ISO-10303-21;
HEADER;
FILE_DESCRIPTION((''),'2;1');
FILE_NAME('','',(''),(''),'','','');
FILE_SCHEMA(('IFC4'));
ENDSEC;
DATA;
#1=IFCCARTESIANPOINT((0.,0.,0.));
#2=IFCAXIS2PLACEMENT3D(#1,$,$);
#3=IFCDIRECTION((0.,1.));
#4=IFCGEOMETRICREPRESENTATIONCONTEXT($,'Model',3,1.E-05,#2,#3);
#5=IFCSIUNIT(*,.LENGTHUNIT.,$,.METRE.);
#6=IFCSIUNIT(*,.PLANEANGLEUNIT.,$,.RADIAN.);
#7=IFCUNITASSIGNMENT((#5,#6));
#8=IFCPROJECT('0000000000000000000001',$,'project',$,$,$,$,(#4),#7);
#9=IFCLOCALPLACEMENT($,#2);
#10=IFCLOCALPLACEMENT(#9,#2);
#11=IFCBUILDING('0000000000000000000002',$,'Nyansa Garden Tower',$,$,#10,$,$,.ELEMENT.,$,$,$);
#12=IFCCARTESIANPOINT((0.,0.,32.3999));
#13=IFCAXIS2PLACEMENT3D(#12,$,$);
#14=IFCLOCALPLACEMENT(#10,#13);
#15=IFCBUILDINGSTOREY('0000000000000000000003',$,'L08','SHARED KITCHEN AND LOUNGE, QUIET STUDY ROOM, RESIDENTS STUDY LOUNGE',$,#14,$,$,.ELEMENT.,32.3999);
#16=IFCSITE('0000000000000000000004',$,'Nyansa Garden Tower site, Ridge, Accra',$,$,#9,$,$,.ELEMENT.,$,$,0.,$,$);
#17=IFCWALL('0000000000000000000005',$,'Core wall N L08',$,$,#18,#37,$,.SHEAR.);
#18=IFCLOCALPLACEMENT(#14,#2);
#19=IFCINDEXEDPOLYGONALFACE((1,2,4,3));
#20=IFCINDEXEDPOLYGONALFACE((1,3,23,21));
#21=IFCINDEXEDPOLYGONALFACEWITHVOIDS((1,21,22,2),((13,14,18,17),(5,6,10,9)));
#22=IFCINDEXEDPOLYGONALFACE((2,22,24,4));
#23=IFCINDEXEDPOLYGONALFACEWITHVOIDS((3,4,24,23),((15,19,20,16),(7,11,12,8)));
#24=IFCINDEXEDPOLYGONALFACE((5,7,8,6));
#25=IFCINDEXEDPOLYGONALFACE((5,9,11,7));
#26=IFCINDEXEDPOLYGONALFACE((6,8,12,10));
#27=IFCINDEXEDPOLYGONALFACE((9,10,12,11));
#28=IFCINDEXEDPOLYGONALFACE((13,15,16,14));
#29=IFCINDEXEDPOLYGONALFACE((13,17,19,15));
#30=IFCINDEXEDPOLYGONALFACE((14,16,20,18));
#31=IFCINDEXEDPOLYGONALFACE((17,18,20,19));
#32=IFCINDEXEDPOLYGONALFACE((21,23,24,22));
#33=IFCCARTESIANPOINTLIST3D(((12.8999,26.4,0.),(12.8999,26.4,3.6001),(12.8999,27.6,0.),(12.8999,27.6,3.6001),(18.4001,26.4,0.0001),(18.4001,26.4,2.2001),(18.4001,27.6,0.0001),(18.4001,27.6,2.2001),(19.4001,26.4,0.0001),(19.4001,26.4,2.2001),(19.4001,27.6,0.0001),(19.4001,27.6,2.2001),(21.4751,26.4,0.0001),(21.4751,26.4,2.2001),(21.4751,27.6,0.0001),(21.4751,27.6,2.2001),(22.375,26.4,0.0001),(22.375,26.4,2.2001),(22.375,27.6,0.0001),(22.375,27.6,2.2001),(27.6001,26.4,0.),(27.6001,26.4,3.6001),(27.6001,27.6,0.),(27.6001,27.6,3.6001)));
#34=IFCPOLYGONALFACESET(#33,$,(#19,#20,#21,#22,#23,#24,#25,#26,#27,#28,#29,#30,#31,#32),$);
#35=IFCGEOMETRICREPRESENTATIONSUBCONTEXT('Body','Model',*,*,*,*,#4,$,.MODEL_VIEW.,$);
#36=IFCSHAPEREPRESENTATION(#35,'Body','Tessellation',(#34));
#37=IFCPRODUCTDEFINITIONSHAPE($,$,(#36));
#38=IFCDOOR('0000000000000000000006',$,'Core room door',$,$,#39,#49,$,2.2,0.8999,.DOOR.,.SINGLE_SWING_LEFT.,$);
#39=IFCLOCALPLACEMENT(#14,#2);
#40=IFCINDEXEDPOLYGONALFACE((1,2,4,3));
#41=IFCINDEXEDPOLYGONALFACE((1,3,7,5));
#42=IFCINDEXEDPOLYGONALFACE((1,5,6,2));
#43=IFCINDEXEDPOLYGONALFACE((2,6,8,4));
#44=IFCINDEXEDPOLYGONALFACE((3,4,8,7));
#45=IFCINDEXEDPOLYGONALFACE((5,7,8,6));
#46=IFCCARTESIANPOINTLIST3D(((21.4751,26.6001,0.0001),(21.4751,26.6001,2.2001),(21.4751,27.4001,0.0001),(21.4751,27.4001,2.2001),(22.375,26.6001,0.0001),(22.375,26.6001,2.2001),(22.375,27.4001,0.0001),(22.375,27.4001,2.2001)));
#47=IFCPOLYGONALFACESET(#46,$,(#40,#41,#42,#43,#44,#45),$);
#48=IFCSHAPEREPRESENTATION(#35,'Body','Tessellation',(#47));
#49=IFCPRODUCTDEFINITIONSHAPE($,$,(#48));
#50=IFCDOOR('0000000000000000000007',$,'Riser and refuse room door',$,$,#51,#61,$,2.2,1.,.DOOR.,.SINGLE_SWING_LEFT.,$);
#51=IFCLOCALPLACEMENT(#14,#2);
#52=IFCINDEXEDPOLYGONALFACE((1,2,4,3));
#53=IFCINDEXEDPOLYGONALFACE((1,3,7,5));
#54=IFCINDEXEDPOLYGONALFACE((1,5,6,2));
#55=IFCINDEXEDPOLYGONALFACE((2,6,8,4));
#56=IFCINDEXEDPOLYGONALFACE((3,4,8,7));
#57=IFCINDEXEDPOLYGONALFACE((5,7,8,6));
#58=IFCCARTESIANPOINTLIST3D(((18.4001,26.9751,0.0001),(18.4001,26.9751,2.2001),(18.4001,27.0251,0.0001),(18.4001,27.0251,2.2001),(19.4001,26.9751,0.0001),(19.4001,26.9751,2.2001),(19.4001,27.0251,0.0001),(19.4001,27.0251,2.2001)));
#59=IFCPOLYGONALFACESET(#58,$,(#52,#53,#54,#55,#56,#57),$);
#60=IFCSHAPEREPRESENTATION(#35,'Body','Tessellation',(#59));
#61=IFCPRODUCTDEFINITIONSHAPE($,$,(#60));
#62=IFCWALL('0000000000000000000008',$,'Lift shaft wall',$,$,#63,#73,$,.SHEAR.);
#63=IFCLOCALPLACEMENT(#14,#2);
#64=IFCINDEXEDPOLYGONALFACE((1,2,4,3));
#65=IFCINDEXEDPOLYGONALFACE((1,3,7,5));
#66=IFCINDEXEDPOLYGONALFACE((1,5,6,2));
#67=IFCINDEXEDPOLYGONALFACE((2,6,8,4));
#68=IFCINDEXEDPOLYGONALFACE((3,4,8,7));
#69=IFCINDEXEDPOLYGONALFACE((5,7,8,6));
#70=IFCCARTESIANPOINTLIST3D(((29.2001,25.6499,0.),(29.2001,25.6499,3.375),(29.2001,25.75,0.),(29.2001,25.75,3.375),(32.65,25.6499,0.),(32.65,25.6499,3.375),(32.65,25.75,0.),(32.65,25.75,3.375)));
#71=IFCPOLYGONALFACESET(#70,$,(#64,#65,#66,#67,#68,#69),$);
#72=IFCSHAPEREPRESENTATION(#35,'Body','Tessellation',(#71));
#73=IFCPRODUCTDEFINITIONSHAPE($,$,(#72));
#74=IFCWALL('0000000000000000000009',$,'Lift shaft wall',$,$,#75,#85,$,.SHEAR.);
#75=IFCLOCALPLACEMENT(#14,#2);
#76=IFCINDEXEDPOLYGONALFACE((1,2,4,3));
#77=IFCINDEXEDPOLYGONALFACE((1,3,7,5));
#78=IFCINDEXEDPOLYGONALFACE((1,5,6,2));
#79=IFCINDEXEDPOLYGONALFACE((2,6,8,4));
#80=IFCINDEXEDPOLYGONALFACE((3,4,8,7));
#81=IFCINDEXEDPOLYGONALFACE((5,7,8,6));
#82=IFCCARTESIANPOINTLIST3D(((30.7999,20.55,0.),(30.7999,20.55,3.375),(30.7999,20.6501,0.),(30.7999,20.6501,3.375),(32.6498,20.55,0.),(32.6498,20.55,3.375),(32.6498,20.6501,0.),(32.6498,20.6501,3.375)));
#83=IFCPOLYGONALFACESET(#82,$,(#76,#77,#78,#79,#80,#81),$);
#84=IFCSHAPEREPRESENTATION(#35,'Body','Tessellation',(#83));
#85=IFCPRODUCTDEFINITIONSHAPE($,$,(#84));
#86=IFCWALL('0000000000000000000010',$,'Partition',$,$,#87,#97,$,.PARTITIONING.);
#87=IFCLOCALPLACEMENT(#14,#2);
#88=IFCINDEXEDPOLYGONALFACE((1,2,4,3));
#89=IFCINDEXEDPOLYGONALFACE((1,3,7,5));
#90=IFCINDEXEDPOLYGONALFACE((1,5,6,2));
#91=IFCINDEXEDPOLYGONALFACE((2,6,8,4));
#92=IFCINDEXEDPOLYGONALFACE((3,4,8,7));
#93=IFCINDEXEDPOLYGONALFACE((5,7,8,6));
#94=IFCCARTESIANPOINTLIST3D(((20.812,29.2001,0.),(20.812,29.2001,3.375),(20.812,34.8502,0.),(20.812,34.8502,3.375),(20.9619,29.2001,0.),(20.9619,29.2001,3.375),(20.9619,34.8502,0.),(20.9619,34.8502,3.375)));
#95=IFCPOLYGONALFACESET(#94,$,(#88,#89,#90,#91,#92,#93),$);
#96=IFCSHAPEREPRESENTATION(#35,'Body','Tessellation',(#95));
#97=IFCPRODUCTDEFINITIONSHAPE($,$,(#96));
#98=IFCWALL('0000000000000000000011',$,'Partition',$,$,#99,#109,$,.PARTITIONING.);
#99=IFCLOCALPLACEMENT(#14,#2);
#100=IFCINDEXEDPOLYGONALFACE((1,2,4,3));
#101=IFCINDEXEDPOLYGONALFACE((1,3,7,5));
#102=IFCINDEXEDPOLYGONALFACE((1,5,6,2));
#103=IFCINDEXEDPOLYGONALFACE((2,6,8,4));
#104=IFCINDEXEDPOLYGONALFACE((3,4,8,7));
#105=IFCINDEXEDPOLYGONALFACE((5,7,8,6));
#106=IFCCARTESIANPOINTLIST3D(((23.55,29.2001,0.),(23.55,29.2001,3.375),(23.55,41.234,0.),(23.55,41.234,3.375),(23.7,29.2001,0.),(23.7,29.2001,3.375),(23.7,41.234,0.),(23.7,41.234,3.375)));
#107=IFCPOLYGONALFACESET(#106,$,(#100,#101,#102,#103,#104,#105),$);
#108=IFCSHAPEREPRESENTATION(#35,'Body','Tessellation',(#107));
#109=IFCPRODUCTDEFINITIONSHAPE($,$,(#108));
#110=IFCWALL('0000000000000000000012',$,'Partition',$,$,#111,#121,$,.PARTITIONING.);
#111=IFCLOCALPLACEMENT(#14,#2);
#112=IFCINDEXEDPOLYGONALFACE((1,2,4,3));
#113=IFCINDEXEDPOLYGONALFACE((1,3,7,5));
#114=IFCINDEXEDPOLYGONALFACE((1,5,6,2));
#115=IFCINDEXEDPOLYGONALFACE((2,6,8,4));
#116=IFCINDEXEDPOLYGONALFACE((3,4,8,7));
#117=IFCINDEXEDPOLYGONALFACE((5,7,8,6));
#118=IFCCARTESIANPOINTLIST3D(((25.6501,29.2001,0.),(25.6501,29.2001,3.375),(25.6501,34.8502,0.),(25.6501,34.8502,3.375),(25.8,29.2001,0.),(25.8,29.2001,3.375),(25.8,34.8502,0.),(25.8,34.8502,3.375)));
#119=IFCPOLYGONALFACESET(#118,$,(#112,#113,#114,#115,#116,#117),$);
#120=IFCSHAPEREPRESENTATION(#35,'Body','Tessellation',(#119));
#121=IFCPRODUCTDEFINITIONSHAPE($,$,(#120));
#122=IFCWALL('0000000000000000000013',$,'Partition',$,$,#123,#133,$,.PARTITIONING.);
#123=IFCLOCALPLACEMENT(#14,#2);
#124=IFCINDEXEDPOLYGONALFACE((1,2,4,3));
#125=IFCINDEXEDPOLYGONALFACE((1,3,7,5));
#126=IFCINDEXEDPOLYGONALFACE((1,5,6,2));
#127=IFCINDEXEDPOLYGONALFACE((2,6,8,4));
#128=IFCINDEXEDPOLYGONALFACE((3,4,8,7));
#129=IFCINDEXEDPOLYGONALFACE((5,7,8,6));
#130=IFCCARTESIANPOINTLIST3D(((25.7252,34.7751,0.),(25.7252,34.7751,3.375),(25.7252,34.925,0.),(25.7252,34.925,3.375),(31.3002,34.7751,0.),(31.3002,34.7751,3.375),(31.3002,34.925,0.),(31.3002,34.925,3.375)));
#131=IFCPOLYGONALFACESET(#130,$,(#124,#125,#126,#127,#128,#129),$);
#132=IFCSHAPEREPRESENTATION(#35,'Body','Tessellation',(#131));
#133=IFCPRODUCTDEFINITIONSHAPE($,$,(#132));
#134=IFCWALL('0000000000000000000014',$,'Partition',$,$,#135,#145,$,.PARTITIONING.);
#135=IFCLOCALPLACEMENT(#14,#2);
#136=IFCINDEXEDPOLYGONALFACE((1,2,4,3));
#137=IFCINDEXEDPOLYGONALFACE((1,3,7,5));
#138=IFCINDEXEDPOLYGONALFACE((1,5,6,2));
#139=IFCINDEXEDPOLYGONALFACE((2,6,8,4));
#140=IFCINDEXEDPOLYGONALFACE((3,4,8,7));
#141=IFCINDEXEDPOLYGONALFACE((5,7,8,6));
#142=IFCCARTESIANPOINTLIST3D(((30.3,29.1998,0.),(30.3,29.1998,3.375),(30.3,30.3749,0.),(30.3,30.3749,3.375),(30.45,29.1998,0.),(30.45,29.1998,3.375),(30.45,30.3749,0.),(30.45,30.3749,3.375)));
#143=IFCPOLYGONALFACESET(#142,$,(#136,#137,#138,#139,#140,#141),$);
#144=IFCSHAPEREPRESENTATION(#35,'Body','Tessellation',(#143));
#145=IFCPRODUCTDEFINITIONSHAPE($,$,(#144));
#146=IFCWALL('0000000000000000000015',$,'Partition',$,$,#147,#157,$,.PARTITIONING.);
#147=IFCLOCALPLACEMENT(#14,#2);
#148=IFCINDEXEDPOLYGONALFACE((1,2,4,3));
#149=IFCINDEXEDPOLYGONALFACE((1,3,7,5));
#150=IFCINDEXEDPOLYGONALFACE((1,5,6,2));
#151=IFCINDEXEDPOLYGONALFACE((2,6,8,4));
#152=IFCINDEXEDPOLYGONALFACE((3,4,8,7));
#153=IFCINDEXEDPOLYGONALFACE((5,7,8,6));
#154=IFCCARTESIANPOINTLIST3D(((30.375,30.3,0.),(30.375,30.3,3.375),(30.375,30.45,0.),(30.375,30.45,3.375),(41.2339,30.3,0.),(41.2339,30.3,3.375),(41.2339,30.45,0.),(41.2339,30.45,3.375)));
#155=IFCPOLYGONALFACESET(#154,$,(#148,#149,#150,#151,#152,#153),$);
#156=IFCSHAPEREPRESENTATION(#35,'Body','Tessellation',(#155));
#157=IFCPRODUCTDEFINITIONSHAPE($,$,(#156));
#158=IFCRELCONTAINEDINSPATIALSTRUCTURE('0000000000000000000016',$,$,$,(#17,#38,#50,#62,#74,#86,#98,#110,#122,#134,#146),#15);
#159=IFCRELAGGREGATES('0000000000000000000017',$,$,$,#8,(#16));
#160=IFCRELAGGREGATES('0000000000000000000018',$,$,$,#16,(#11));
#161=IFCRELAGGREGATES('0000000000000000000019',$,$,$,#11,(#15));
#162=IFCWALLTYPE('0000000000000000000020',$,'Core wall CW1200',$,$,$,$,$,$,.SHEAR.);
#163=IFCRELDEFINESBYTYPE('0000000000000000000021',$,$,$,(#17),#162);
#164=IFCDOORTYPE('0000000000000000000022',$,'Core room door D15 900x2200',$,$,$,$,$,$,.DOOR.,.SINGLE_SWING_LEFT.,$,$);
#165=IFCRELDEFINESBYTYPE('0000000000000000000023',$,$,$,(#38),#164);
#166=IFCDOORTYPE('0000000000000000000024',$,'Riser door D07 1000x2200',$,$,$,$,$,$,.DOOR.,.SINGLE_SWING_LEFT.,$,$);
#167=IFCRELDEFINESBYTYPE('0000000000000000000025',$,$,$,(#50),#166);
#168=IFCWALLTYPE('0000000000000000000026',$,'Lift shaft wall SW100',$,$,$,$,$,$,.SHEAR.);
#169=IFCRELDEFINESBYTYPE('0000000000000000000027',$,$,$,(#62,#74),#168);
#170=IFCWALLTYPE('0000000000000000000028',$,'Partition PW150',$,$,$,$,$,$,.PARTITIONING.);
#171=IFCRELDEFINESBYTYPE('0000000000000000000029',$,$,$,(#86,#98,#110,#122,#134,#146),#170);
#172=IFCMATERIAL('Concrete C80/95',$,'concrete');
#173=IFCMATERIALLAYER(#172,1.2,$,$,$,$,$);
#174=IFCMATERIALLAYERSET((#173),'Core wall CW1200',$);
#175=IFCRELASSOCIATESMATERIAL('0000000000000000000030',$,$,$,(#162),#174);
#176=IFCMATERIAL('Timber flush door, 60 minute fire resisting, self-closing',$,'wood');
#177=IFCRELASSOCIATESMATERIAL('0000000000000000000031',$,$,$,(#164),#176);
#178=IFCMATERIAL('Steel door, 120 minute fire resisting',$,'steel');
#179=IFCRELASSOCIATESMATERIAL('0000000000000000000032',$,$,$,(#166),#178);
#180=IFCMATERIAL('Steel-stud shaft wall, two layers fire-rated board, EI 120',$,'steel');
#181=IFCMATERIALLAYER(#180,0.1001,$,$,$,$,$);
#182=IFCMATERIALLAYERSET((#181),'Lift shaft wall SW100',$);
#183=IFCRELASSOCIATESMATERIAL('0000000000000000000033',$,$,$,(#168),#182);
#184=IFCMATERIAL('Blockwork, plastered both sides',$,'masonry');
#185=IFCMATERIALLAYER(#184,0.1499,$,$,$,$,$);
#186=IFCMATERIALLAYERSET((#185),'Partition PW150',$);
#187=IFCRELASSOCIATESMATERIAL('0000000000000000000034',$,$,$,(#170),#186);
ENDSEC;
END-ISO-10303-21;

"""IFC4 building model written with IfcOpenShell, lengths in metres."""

from ifc_helpers import new_model, si_unit, direction, frame, frame_2d, origin, place, context, subcontext, project, spatial, rectangle, extrude, material, layer, layer_set, type_object, element, fill, save


model = new_model("IFC4")

# Units and contexts
model_context = context("Model", 3, precision=1e-05, world=origin(), true_north=direction((0.0, 1.0)))
body_context = subcontext(model_context, "Body", "Model", "MODEL_VIEW")
ifc_project = project(units=[si_unit("LENGTHUNIT", "METRE"), si_unit("PLANEANGLEUNIT", "RADIAN")], contexts=[model_context])

# Site, building, storey
site_placement = place(None, origin())
site = spatial("IfcSite", under=ifc_project, at=site_placement, Name="Nyansa Garden Tower site, Ridge, Accra", CompositionType="ELEMENT", RefElevation=0.0)
building_placement = place(site_placement, origin())
building = spatial("IfcBuilding", under=site, at=building_placement, Name="Nyansa Garden Tower", CompositionType="ELEMENT")
storey_placement = place(building_placement, frame((0.0, 0.0, 32.3999)))
storey = spatial("IfcBuildingStorey", under=building, at=storey_placement, Name="L08", Description="SHARED KITCHEN AND LOUNGE, QUIET STUDY ROOM, RESIDENTS STUDY LOUNGE", CompositionType="ELEMENT", Elevation=32.3999)

# Wall, openings, doors
ifc_material_1 = material(Name="Concrete C80/95", Category="concrete")
ifc_layer_1 = layer(ifc_material_1, 1.2)
ifc_layer_set_1 = layer_set([ifc_layer_1], Name="Core wall CW1200")
wall_type_1 = type_object("IfcWallType", Name="Core wall CW1200", PredefinedType="SHEAR", material=ifc_layer_set_1)
wall_1_placement = place(storey_placement, frame((27.6001, 27.0, 0.0), z_axis=(0.0, 0.0, 1.0), x_axis=(-1.0, 0.0, 0.0)))
wall_1 = element("IfcWall", 1, at=wall_1_placement, inside=storey, type_object=wall_type_1, Name="Core wall N L08", PredefinedType="SHEAR", context=body_context, shape_type="SweptSolid", body=[
    extrude(rectangle(XDim=14.7002, YDim=1.2, at=frame_2d((7.3501, 0.0))), origin(), (0.0, 0.0, 1.0), 3.6001),
])
opening_1_placement = place(wall_1_placement, frame((5.2251, 0.0, 0.0)))
opening_1 = element("IfcOpeningElement", 2, at=opening_1_placement, cuts=wall_1, PredefinedType="OPENING", context=body_context, shape_type="SweptSolid", body=[
    extrude(rectangle(XDim=0.8999, YDim=2.2, at=frame_2d((0.45, 1.1001))), frame((0.0, 0.6099, 0.0), z_axis=(0.0, -1.0, 0.0), x_axis=(1.0, 0.0, 0.0)), (0.0, 0.0, 1.0), 1.22),
])
opening_2_placement = place(wall_1_placement, frame((8.2, 0.0, 0.0)))
opening_2 = element("IfcOpeningElement", 3, at=opening_2_placement, cuts=wall_1, PredefinedType="OPENING", context=body_context, shape_type="SweptSolid", body=[
    extrude(rectangle(XDim=1.0, YDim=2.2, at=frame_2d((0.5, 1.1001))), frame((0.0, 0.6099, 0.0), z_axis=(0.0, -1.0, 0.0), x_axis=(1.0, 0.0, 0.0)), (0.0, 0.0, 1.0), 1.22),
])
ifc_material_2 = material(Name="Timber flush door, 60 minute fire resisting, self-closing", Category="wood")
door_type_1 = type_object("IfcDoorType", Name="Core room door D15 900x2200", OperationType="SINGLE_SWING_LEFT", PredefinedType="DOOR", material=ifc_material_2)
door_1_placement = place(opening_1_placement, origin())
door_1 = element("IfcDoor", 4, at=door_1_placement, inside=storey, type_object=door_type_1, Name="Core room door", OperationType="SINGLE_SWING_LEFT", OverallHeight=2.2, OverallWidth=0.8999, PredefinedType="DOOR", context=body_context, shape_type="SweptSolid", body=[
    extrude(rectangle(XDim=0.8999, YDim=2.2, at=frame_2d((0.45, 1.1001))), frame((0.0, 0.3999, 0.0), z_axis=(0.0, -1.0, 0.0), x_axis=(1.0, 0.0, 0.0)), (0.0, 0.0, 1.0), 0.8),
])
fill(opening_1, door_1)
ifc_material_3 = material(Name="Steel door, 120 minute fire resisting", Category="steel")
door_type_2 = type_object("IfcDoorType", Name="Riser door D07 1000x2200", OperationType="SINGLE_SWING_LEFT", PredefinedType="DOOR", material=ifc_material_3)
door_2_placement = place(opening_2_placement, origin())
door_2 = element("IfcDoor", 5, at=door_2_placement, inside=storey, type_object=door_type_2, Name="Riser and refuse room door", OperationType="SINGLE_SWING_LEFT", OverallHeight=2.2, OverallWidth=1.0, PredefinedType="DOOR", context=body_context, shape_type="SweptSolid", body=[
    extrude(rectangle(XDim=1.0, YDim=2.2, at=frame_2d((0.5, 1.1001))), frame((0.0, 0.0249, 0.0), z_axis=(0.0, -1.0, 0.0), x_axis=(1.0, 0.0, 0.0)), (0.0, 0.0, 1.0), 0.05),
])
fill(opening_2, door_2)

# Walls
ifc_material_4 = material(Name="Steel-stud shaft wall, two layers fire-rated board, EI 120", Category="steel")
ifc_layer_2 = layer(ifc_material_4, 0.1001)
ifc_layer_set_2 = layer_set([ifc_layer_2], Name="Lift shaft wall SW100")
wall_type_2 = type_object("IfcWallType", Name="Lift shaft wall SW100", PredefinedType="SHEAR", material=ifc_layer_set_2)
wall_2_placement = place(storey_placement, frame((29.2, 25.7, 0.0), z_axis=(0.0, 0.0, 1.0), x_axis=(1.0, 0.0, 0.0)))
element("IfcWall", 6, at=wall_2_placement, inside=storey, type_object=wall_type_2, Name="Lift shaft wall", PredefinedType="SHEAR", context=body_context, shape_type="SweptSolid", body=[
    extrude(rectangle(XDim=3.45, YDim=0.1001, at=frame_2d((1.7251, 0.0))), origin(), (0.0, 0.0, 1.0), 3.375),
])
wall_3_placement = place(storey_placement, frame((30.8, 20.6001, 0.0), z_axis=(0.0, 0.0, 1.0), x_axis=(1.0, 0.0, 0.0)))
element("IfcWall", 7, at=wall_3_placement, inside=storey, type_object=wall_type_2, Name="Lift shaft wall", PredefinedType="SHEAR", context=body_context, shape_type="SweptSolid", body=[
    extrude(rectangle(XDim=1.8499, YDim=0.1001, at=frame_2d((0.9248, 0.0))), origin(), (0.0, 0.0, 1.0), 3.375),
])
ifc_material_5 = material(Name="Blockwork, plastered both sides", Category="masonry")
ifc_layer_3 = layer(ifc_material_5, 0.1499)
ifc_layer_set_3 = layer_set([ifc_layer_3], Name="Partition PW150")
wall_type_3 = type_object("IfcWallType", Name="Partition PW150", PredefinedType="PARTITIONING", material=ifc_layer_set_3)
wall_4_placement = place(storey_placement, frame((20.887, 29.2, 0.0), z_axis=(0.0, 0.0, 1.0), x_axis=(0.0, 1.0, 0.0)))
element("IfcWall", 8, at=wall_4_placement, inside=storey, type_object=wall_type_3, Name="Partition", PredefinedType="PARTITIONING", context=body_context, shape_type="SweptSolid", body=[
    extrude(rectangle(XDim=5.6501, YDim=0.1499, at=frame_2d((2.8252, 0.0))), origin(), (0.0, 0.0, 1.0), 3.375),
])
wall_5_placement = place(storey_placement, frame((23.625, 29.2, 0.0), z_axis=(0.0, 0.0, 1.0), x_axis=(0.0, 1.0, 0.0)))
element("IfcWall", 9, at=wall_5_placement, inside=storey, type_object=wall_type_3, Name="Partition", PredefinedType="PARTITIONING", context=body_context, shape_type="SweptSolid", body=[
    extrude(rectangle(XDim=12.0339, YDim=0.1499, at=frame_2d((6.0171, 0.0))), origin(), (0.0, 0.0, 1.0), 3.375),
])
wall_6_placement = place(storey_placement, frame((25.7251, 29.2, 0.0), z_axis=(0.0, 0.0, 1.0), x_axis=(0.0, 1.0, 0.0)))
element("IfcWall", 10, at=wall_6_placement, inside=storey, type_object=wall_type_3, Name="Partition", PredefinedType="PARTITIONING", context=body_context, shape_type="SweptSolid", body=[
    extrude(rectangle(XDim=5.6501, YDim=0.1499, at=frame_2d((2.8252, 0.0))), origin(), (0.0, 0.0, 1.0), 3.375),
])
wall_7_placement = place(storey_placement, frame((25.7251, 34.8501, 0.0), z_axis=(0.0, 0.0, 1.0), x_axis=(1.0, 0.0, 0.0)))
element("IfcWall", 11, at=wall_7_placement, inside=storey, type_object=wall_type_3, Name="Partition", PredefinedType="PARTITIONING", context=body_context, shape_type="SweptSolid", body=[
    extrude(rectangle(XDim=5.575, YDim=0.1499, at=frame_2d((2.7876, 0.0))), origin(), (0.0, 0.0, 1.0), 3.375),
])
wall_8_placement = place(storey_placement, frame((30.375, 29.2, 0.0), z_axis=(0.0, 0.0, 1.0), x_axis=(0.0, 1.0, 0.0)))
element("IfcWall", 12, at=wall_8_placement, inside=storey, type_object=wall_type_3, Name="Partition", PredefinedType="PARTITIONING", context=body_context, shape_type="SweptSolid", body=[
    extrude(rectangle(XDim=1.175, YDim=0.1499, at=frame_2d((0.5874, 0.0))), origin(), (0.0, 0.0, 1.0), 3.375),
])
wall_9_placement = place(storey_placement, frame((30.375, 30.375, 0.0), z_axis=(0.0, 0.0, 1.0), x_axis=(1.0, 0.0, 0.0)))
element("IfcWall", 13, at=wall_9_placement, inside=storey, type_object=wall_type_3, Name="Partition", PredefinedType="PARTITIONING", context=body_context, shape_type="SweptSolid", body=[
    extrude(rectangle(XDim=10.8589, YDim=0.1499, at=frame_2d((5.4294, 0.0))), origin(), (0.0, 0.0, 1.0), 3.375),
])

save(model, "model.ifc")
